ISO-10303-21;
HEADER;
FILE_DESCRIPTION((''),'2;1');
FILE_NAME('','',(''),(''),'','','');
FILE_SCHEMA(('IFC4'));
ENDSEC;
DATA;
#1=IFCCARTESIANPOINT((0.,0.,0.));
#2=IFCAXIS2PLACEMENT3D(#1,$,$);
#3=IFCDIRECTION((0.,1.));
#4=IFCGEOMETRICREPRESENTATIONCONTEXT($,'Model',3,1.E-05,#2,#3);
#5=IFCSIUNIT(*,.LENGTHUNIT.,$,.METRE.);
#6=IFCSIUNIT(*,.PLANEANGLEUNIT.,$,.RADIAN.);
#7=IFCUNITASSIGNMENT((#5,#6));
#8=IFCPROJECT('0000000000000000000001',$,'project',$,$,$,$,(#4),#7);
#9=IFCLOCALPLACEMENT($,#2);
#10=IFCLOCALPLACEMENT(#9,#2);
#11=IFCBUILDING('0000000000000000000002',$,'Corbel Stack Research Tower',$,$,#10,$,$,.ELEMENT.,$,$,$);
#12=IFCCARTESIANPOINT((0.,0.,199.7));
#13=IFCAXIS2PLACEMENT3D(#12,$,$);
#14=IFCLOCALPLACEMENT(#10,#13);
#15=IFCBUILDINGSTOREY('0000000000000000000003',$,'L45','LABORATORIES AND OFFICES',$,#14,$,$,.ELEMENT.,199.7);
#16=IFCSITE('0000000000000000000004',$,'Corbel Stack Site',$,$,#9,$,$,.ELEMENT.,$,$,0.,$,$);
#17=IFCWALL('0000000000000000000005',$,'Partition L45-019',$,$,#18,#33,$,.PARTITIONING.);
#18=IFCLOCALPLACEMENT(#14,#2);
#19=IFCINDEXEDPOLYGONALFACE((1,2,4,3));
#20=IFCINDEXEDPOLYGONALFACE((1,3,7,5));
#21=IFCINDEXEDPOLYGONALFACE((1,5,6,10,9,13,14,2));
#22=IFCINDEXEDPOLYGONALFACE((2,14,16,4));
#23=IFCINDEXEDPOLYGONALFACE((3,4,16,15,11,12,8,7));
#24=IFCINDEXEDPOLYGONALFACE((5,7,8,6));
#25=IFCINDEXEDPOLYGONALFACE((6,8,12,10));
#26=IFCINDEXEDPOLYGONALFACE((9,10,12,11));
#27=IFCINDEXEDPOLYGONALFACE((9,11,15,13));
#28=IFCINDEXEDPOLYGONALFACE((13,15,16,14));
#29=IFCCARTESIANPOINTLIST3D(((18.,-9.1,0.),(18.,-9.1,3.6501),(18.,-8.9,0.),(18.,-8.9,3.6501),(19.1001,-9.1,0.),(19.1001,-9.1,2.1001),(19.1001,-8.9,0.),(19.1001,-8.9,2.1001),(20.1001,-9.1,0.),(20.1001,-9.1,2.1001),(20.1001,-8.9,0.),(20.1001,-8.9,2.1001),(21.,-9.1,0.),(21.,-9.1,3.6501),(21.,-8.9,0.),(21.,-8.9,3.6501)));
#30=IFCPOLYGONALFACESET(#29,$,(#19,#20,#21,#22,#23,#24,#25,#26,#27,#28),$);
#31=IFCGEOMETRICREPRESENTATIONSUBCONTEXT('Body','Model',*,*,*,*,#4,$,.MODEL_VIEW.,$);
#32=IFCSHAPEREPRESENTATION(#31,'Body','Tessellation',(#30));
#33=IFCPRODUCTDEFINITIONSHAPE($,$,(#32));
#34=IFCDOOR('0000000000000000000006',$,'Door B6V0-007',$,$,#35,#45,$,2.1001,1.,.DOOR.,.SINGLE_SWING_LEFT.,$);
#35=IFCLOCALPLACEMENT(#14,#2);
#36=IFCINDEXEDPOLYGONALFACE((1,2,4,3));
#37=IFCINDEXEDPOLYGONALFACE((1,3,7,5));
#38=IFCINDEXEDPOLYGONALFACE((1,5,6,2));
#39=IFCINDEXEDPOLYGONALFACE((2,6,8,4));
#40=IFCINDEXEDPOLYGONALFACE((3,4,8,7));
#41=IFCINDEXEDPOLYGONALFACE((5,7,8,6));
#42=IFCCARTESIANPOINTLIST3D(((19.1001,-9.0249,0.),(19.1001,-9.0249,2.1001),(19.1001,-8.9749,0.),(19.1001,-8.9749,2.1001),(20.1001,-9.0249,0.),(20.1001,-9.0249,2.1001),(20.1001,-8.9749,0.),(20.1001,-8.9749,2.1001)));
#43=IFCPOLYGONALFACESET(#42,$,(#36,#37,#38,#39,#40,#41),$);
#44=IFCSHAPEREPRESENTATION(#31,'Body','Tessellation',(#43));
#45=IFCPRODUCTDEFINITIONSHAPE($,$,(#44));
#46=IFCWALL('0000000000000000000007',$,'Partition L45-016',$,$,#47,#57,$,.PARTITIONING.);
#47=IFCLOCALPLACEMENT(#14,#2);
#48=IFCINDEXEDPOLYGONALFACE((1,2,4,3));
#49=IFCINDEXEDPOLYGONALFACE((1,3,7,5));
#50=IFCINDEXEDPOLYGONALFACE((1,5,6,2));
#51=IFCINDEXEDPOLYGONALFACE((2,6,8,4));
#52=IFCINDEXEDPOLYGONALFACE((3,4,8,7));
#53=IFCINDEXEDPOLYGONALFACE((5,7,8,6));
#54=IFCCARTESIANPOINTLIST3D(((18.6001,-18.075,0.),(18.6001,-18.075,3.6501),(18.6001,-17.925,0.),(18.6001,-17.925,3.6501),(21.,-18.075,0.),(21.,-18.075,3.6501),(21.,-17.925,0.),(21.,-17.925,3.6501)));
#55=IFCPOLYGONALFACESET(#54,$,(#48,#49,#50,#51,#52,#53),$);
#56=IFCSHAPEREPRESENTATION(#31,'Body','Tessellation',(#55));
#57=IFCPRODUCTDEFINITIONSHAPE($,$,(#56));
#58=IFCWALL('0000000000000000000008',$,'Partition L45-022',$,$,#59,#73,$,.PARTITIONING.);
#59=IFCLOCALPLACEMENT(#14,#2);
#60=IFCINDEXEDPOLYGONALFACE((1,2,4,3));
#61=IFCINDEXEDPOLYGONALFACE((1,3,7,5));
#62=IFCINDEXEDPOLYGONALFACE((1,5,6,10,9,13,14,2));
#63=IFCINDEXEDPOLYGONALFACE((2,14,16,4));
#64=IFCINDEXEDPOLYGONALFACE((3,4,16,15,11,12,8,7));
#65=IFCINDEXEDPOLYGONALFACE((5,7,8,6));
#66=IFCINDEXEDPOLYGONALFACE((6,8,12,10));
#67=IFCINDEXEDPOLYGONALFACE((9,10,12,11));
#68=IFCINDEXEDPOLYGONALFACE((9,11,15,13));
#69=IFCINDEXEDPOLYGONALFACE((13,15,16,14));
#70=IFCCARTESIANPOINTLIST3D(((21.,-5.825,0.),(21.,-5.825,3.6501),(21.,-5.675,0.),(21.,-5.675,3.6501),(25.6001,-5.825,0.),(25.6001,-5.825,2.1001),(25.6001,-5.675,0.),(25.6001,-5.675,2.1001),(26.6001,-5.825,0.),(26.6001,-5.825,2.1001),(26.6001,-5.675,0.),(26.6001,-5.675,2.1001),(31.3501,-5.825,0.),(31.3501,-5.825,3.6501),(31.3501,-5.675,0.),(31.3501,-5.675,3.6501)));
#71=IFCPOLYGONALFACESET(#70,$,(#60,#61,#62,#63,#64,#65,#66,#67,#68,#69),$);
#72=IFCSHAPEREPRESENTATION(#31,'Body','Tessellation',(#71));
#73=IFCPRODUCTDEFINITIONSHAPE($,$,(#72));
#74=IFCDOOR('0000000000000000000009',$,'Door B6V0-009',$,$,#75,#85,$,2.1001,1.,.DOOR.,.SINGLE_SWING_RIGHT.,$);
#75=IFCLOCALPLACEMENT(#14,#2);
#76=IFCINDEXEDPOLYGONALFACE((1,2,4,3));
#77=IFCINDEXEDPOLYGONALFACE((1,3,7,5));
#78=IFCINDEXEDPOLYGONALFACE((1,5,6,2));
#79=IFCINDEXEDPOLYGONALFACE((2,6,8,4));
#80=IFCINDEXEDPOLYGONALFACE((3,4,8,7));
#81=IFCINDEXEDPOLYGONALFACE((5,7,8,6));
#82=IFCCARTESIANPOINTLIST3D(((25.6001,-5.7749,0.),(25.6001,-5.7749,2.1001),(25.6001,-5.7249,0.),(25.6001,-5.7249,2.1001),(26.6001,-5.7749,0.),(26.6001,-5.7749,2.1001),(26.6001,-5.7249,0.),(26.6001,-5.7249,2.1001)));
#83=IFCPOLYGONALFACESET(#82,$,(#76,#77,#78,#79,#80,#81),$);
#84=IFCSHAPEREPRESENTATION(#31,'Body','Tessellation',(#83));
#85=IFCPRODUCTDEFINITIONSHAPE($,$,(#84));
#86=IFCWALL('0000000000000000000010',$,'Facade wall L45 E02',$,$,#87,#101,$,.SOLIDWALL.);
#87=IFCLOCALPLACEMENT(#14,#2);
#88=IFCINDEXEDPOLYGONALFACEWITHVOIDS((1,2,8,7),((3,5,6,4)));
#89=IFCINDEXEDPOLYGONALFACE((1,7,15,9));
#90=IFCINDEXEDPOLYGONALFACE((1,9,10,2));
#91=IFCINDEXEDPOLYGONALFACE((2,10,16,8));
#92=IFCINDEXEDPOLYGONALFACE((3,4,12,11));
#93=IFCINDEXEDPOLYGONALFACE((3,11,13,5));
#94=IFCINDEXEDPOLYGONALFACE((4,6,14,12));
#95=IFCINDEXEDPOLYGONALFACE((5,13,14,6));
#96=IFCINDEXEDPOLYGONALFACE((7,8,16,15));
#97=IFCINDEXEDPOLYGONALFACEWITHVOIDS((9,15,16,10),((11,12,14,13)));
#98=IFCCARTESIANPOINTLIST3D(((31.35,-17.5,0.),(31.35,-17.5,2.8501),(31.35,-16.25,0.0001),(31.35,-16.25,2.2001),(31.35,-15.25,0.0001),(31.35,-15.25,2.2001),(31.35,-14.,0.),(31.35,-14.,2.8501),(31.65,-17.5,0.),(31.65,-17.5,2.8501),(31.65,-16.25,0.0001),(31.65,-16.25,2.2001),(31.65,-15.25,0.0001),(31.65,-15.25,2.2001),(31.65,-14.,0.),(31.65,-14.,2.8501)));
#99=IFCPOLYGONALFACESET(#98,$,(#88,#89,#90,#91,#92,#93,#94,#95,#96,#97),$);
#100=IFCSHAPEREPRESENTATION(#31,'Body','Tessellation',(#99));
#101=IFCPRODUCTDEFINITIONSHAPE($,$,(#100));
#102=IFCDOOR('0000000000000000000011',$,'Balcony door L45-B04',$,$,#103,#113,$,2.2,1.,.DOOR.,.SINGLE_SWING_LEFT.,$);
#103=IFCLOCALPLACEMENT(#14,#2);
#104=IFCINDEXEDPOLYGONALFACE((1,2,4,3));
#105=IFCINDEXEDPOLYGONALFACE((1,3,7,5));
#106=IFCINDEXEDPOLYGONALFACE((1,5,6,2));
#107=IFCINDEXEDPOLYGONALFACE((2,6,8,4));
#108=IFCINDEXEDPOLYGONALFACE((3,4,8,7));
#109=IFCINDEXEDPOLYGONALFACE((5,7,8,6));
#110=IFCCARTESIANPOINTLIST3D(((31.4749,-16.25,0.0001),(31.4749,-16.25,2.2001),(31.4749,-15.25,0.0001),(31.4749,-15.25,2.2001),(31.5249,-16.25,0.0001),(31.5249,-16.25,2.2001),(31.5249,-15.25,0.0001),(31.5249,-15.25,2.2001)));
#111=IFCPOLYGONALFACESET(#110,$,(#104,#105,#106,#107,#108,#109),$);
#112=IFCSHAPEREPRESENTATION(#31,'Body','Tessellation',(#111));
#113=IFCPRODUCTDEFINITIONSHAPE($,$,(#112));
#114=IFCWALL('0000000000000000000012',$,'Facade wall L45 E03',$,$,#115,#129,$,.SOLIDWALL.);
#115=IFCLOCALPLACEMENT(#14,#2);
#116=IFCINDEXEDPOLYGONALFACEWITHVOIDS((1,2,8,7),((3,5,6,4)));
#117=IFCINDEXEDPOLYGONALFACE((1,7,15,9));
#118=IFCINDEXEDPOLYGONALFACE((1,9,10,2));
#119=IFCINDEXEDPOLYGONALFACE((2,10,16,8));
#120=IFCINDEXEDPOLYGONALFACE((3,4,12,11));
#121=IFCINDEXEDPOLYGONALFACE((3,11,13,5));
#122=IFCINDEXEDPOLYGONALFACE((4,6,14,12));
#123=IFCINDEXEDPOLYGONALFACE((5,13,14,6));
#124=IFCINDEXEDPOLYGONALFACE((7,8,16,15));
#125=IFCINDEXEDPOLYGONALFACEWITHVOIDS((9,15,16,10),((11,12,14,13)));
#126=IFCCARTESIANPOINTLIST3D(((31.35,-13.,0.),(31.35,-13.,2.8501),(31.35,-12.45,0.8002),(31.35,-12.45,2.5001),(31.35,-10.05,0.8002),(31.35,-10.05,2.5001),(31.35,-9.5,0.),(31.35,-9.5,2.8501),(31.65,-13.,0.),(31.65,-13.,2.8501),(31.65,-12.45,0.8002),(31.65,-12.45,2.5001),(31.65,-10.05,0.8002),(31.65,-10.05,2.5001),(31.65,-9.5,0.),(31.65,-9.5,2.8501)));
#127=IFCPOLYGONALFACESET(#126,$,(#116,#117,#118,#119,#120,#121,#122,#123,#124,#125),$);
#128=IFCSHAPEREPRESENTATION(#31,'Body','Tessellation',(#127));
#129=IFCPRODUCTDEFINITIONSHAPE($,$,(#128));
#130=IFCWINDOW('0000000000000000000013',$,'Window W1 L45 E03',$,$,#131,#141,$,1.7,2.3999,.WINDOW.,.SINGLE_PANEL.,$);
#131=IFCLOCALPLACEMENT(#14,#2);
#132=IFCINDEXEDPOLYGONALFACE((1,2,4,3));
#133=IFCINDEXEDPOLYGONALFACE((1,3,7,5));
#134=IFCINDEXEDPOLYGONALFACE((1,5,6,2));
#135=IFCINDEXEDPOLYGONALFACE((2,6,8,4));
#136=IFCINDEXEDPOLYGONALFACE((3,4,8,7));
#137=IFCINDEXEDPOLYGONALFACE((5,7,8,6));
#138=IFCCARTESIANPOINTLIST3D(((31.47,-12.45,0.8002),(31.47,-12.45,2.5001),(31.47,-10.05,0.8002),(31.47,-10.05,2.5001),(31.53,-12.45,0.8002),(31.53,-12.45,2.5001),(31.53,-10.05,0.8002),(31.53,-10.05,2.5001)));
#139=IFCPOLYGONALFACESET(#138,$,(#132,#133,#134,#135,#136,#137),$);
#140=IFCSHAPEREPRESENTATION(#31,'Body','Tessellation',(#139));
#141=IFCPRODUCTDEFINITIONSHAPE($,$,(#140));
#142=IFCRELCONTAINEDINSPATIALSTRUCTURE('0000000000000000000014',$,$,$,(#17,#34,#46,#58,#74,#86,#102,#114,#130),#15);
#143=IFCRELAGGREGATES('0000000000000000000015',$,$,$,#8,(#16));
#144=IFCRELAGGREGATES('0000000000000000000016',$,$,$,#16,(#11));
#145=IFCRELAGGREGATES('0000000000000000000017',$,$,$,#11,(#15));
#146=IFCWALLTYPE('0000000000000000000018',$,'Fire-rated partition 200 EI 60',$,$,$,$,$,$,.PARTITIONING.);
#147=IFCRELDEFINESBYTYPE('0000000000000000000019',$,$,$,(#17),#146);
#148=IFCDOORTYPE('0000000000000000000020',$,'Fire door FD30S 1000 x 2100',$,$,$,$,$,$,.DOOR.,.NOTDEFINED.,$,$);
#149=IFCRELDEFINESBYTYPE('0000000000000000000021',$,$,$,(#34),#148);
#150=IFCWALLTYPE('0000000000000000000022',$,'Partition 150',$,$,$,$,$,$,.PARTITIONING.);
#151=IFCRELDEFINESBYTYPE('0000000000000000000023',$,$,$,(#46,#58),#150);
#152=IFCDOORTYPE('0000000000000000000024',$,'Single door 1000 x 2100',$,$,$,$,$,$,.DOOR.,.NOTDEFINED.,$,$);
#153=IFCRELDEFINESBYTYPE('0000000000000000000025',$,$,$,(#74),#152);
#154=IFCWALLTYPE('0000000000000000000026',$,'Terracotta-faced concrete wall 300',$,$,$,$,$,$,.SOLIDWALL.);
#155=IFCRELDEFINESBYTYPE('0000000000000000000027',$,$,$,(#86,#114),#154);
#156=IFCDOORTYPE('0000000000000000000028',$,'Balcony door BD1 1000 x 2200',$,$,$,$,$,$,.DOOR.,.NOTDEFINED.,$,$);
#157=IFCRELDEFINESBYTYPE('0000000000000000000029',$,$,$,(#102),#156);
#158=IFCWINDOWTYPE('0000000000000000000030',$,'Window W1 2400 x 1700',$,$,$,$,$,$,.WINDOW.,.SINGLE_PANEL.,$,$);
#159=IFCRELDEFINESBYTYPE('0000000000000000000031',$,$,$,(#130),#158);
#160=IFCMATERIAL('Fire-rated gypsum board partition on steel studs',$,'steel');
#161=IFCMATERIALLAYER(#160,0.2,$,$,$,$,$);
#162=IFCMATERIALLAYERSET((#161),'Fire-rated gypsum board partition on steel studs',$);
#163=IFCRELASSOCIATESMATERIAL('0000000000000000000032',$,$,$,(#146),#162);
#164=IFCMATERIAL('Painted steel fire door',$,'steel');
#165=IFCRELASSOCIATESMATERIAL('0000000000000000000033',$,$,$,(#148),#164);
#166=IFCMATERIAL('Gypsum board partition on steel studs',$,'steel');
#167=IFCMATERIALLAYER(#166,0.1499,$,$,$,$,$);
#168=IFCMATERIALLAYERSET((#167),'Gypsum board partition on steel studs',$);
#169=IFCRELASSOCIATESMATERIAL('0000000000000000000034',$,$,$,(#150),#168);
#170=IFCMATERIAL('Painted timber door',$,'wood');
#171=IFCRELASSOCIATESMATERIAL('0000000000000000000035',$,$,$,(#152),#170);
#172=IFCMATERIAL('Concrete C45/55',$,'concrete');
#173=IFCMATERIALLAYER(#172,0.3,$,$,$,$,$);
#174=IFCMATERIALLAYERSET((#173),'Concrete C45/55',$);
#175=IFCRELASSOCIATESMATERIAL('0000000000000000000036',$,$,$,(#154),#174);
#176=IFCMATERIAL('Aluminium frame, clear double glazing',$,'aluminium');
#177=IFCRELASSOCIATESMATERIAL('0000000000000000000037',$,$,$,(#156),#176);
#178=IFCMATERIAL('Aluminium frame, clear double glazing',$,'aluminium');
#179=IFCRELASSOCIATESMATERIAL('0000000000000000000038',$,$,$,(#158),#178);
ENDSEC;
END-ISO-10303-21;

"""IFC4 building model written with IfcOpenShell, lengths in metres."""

from ifc_helpers import new_model, si_unit, direction, frame, frame_2d, origin, place, context, subcontext, project, spatial, rectangle, extrude, material, layer, layer_set, type_object, element, fill, save


model = new_model("IFC4")

# Units and contexts
model_context = context("Model", 3, precision=1e-05, world=origin(), true_north=direction((0.0, 1.0)))
body_context = subcontext(model_context, "Body", "Model", "MODEL_VIEW")
ifc_project = project(units=[si_unit("LENGTHUNIT", "METRE"), si_unit("PLANEANGLEUNIT", "RADIAN")], contexts=[model_context])

# Site, building, storey
site_placement = place(None, origin())
site = spatial("IfcSite", under=ifc_project, at=site_placement, Name="Corbel Stack Site", CompositionType="ELEMENT", RefElevation=0.0)
building_placement = place(site_placement, origin())
building = spatial("IfcBuilding", under=site, at=building_placement, Name="Corbel Stack Research Tower", CompositionType="ELEMENT")
storey_placement = place(building_placement, frame((0.0, 0.0, 199.7)))
storey = spatial("IfcBuildingStorey", under=building, at=storey_placement, Name="L45", Description="LABORATORIES AND OFFICES", CompositionType="ELEMENT", Elevation=199.7)

# Wall, opening, door
ifc_material_1 = material(Name="Fire-rated gypsum board partition on steel studs", Category="steel")
ifc_layer_1 = layer(ifc_material_1, 0.2)
ifc_layer_set_1 = layer_set([ifc_layer_1], Name="Fire-rated gypsum board partition on steel studs")
wall_type_1 = type_object("IfcWallType", Name="Fire-rated partition 200 EI 60", PredefinedType="PARTITIONING", material=ifc_layer_set_1)
wall_1_placement = place(storey_placement, frame((21.0, -9.0, 0.0), z_axis=(0.0, 0.0, 1.0), x_axis=(-1.0, 0.0, 0.0)))
wall_1 = element("IfcWall", 1, at=wall_1_placement, inside=storey, type_object=wall_type_1, Name="Partition L45-019", PredefinedType="PARTITIONING", context=body_context, shape_type="SweptSolid", body=[
    extrude(rectangle(XDim=3.0, YDim=0.2, at=frame_2d((1.5, 0.0))), origin(), (0.0, 0.0, 1.0), 3.6501),
])
opening_1_placement = place(wall_1_placement, frame((0.8999, 0.0, 0.0)))
opening_1 = element("IfcOpeningElement", 2, at=opening_1_placement, cuts=wall_1, PredefinedType="OPENING", context=body_context, shape_type="SweptSolid", body=[
    extrude(rectangle(XDim=1.0, YDim=2.1001, at=frame_2d((0.5, 1.05))), frame((0.0, 0.1099, 0.0), z_axis=(0.0, -1.0, 0.0), x_axis=(1.0, 0.0, 0.0)), (0.0, 0.0, 1.0), 0.22),
])
ifc_material_2 = material(Name="Painted steel fire door", Category="steel")
door_type_1 = type_object("IfcDoorType", Name="Fire door FD30S 1000 x 2100", OperationType="NOTDEFINED", PredefinedType="DOOR", material=ifc_material_2)
door_1_placement = place(opening_1_placement, origin())
door_1 = element("IfcDoor", 3, at=door_1_placement, inside=storey, type_object=door_type_1, Name="Door B6V0-007", OperationType="SINGLE_SWING_LEFT", OverallHeight=2.1001, OverallWidth=1.0, PredefinedType="DOOR", context=body_context, shape_type="SweptSolid", body=[
    extrude(rectangle(XDim=1.0, YDim=2.1001, at=frame_2d((0.5, 1.05))), frame((0.0, 0.0249, 0.0), z_axis=(0.0, -1.0, 0.0), x_axis=(1.0, 0.0, 0.0)), (0.0, 0.0, 1.0), 0.05),
])
fill(opening_1, door_1)

# Wall
ifc_material_3 = material(Name="Gypsum board partition on steel studs", Category="steel")
ifc_layer_2 = layer(ifc_material_3, 0.1499)
ifc_layer_set_2 = layer_set([ifc_layer_2], Name="Gypsum board partition on steel studs")
wall_type_2 = type_object("IfcWallType", Name="Partition 150", PredefinedType="PARTITIONING", material=ifc_layer_set_2)
wall_2_placement = place(storey_placement, frame((18.6001, -18.0, 0.0), z_axis=(0.0, 0.0, 1.0), x_axis=(1.0, 0.0, 0.0)))
element("IfcWall", 4, at=wall_2_placement, inside=storey, type_object=wall_type_2, Name="Partition L45-016", PredefinedType="PARTITIONING", context=body_context, shape_type="SweptSolid", body=[
    extrude(rectangle(XDim=2.3999, YDim=0.1499, at=frame_2d((1.2, 0.0))), origin(), (0.0, 0.0, 1.0), 3.6501),
])

# Walls, openings, doors
wall_3_placement = place(storey_placement, frame((31.3501, -5.75, 0.0), z_axis=(0.0, 0.0, 1.0), x_axis=(-1.0, 0.0, 0.0)))
wall_3 = element("IfcWall", 5, at=wall_3_placement, inside=storey, type_object=wall_type_2, Name="Partition L45-022", PredefinedType="PARTITIONING", context=body_context, shape_type="SweptSolid", body=[
    extrude(rectangle(XDim=10.3501, YDim=0.1499, at=frame_2d((5.175, 0.0))), origin(), (0.0, 0.0, 1.0), 3.6501),
])
opening_2_placement = place(wall_3_placement, frame((4.75, 0.0, 0.0)))
opening_2 = element("IfcOpeningElement", 6, at=opening_2_placement, cuts=wall_3, PredefinedType="OPENING", context=body_context, shape_type="SweptSolid", body=[
    extrude(rectangle(XDim=1.0, YDim=2.1001, at=frame_2d((0.5, 1.05))), frame((0.0, 0.085, 0.0), z_axis=(0.0, -1.0, 0.0), x_axis=(1.0, 0.0, 0.0)), (0.0, 0.0, 1.0), 0.1699),
])
ifc_material_4 = material(Name="Painted timber door", Category="wood")
door_type_2 = type_object("IfcDoorType", Name="Single door 1000 x 2100", OperationType="NOTDEFINED", PredefinedType="DOOR", material=ifc_material_4)
door_2_placement = place(opening_2_placement, origin())
door_2 = element("IfcDoor", 7, at=door_2_placement, inside=storey, type_object=door_type_2, Name="Door B6V0-009", OperationType="SINGLE_SWING_RIGHT", OverallHeight=2.1001, OverallWidth=1.0, PredefinedType="DOOR", context=body_context, shape_type="SweptSolid", body=[
    extrude(rectangle(XDim=1.0, YDim=2.1001, at=frame_2d((0.5, 1.05))), frame((0.0, 0.0249, 0.0), z_axis=(0.0, -1.0, 0.0), x_axis=(1.0, 0.0, 0.0)), (0.0, 0.0, 1.0), 0.05),
])
fill(opening_2, door_2)
ifc_material_5 = material(Name="Concrete C45/55", Category="concrete")
ifc_layer_3 = layer(ifc_material_5, 0.3)
ifc_layer_set_3 = layer_set([ifc_layer_3], Name="Concrete C45/55")
wall_type_3 = type_object("IfcWallType", Name="Terracotta-faced concrete wall 300", PredefinedType="SOLIDWALL", material=ifc_layer_set_3)
wall_4_placement = place(storey_placement, frame((31.5, -14.0, 0.0), z_axis=(0.0, 0.0, 1.0), x_axis=(0.0, -1.0, 0.0)))
wall_4 = element("IfcWall", 8, at=wall_4_placement, inside=storey, type_object=wall_type_3, Name="Facade wall L45 E02", PredefinedType="SOLIDWALL", context=body_context, shape_type="SweptSolid", body=[
    extrude(rectangle(XDim=3.5, YDim=0.3, at=frame_2d((1.75, 0.0))), origin(), (0.0, 0.0, 1.0), 2.8501),
])
opening_3_placement = place(wall_4_placement, frame((1.25, 0.0, 0.0)))
opening_3 = element("IfcOpeningElement", 9, at=opening_3_placement, cuts=wall_4, PredefinedType="OPENING", context=body_context, shape_type="SweptSolid", body=[
    extrude(rectangle(XDim=1.0, YDim=2.2, at=frame_2d((0.5, 1.1001))), frame((0.0, 0.1599, 0.0), z_axis=(0.0, -1.0, 0.0), x_axis=(1.0, 0.0, 0.0)), (0.0, 0.0, 1.0), 0.3201),
])
ifc_material_6 = material(Name="Aluminium frame, clear double glazing", Category="aluminium")
door_type_3 = type_object("IfcDoorType", Name="Balcony door BD1 1000 x 2200", OperationType="NOTDEFINED", PredefinedType="DOOR", material=ifc_material_6)
door_3_placement = place(opening_3_placement, origin())
door_3 = element("IfcDoor", 10, at=door_3_placement, inside=storey, type_object=door_type_3, Name="Balcony door L45-B04", OperationType="SINGLE_SWING_LEFT", OverallHeight=2.2, OverallWidth=1.0, PredefinedType="DOOR", context=body_context, shape_type="SweptSolid", body=[
    extrude(rectangle(XDim=1.0, YDim=2.2, at=frame_2d((0.5, 1.1001))), frame((0.0, 0.0249, 0.0), z_axis=(0.0, -1.0, 0.0), x_axis=(1.0, 0.0, 0.0)), (0.0, 0.0, 1.0), 0.05),
])
fill(opening_3, door_3)

# Wall, opening, window
wall_5_placement = place(storey_placement, frame((31.5, -9.5, 0.0), z_axis=(0.0, 0.0, 1.0), x_axis=(0.0, -1.0, 0.0)))
wall_5 = element("IfcWall", 11, at=wall_5_placement, inside=storey, type_object=wall_type_3, Name="Facade wall L45 E03", PredefinedType="SOLIDWALL", context=body_context, shape_type="SweptSolid", body=[
    extrude(rectangle(XDim=3.5, YDim=0.3, at=frame_2d((1.75, 0.0))), origin(), (0.0, 0.0, 1.0), 2.8501),
])
opening_4_placement = place(wall_5_placement, frame((0.55, 0.0, 0.8)))
opening_4 = element("IfcOpeningElement", 12, at=opening_4_placement, cuts=wall_5, PredefinedType="OPENING", context=body_context, shape_type="SweptSolid", body=[
    extrude(rectangle(XDim=2.3999, YDim=1.7, at=frame_2d((1.2, 0.8501))), frame((0.0, 0.1599, 0.0), z_axis=(0.0, -1.0, 0.0), x_axis=(1.0, 0.0, 0.0)), (0.0, 0.0, 1.0), 0.3201),
])
ifc_material_7 = material(Name="Aluminium frame, clear double glazing", Category="aluminium")
window_type = type_object("IfcWindowType", Name="Window W1 2400 x 1700", PartitioningType="SINGLE_PANEL", PredefinedType="WINDOW", material=ifc_material_7)
window_1_placement = place(opening_4_placement, origin())
window_1 = element("IfcWindow", 13, at=window_1_placement, inside=storey, type_object=window_type, Name="Window W1 L45 E03", OverallHeight=1.7, OverallWidth=2.3999, PartitioningType="SINGLE_PANEL", PredefinedType="WINDOW", context=body_context, shape_type="SweptSolid", body=[
    extrude(rectangle(XDim=2.3999, YDim=1.7, at=frame_2d((1.2, 0.8501))), frame((0.0, 0.03, 0.0), z_axis=(0.0, -1.0, 0.0), x_axis=(1.0, 0.0, 0.0)), (0.0, 0.0, 1.0), 0.0601),
])
fill(opening_4, window_1)

save(model, "model.ifc")
